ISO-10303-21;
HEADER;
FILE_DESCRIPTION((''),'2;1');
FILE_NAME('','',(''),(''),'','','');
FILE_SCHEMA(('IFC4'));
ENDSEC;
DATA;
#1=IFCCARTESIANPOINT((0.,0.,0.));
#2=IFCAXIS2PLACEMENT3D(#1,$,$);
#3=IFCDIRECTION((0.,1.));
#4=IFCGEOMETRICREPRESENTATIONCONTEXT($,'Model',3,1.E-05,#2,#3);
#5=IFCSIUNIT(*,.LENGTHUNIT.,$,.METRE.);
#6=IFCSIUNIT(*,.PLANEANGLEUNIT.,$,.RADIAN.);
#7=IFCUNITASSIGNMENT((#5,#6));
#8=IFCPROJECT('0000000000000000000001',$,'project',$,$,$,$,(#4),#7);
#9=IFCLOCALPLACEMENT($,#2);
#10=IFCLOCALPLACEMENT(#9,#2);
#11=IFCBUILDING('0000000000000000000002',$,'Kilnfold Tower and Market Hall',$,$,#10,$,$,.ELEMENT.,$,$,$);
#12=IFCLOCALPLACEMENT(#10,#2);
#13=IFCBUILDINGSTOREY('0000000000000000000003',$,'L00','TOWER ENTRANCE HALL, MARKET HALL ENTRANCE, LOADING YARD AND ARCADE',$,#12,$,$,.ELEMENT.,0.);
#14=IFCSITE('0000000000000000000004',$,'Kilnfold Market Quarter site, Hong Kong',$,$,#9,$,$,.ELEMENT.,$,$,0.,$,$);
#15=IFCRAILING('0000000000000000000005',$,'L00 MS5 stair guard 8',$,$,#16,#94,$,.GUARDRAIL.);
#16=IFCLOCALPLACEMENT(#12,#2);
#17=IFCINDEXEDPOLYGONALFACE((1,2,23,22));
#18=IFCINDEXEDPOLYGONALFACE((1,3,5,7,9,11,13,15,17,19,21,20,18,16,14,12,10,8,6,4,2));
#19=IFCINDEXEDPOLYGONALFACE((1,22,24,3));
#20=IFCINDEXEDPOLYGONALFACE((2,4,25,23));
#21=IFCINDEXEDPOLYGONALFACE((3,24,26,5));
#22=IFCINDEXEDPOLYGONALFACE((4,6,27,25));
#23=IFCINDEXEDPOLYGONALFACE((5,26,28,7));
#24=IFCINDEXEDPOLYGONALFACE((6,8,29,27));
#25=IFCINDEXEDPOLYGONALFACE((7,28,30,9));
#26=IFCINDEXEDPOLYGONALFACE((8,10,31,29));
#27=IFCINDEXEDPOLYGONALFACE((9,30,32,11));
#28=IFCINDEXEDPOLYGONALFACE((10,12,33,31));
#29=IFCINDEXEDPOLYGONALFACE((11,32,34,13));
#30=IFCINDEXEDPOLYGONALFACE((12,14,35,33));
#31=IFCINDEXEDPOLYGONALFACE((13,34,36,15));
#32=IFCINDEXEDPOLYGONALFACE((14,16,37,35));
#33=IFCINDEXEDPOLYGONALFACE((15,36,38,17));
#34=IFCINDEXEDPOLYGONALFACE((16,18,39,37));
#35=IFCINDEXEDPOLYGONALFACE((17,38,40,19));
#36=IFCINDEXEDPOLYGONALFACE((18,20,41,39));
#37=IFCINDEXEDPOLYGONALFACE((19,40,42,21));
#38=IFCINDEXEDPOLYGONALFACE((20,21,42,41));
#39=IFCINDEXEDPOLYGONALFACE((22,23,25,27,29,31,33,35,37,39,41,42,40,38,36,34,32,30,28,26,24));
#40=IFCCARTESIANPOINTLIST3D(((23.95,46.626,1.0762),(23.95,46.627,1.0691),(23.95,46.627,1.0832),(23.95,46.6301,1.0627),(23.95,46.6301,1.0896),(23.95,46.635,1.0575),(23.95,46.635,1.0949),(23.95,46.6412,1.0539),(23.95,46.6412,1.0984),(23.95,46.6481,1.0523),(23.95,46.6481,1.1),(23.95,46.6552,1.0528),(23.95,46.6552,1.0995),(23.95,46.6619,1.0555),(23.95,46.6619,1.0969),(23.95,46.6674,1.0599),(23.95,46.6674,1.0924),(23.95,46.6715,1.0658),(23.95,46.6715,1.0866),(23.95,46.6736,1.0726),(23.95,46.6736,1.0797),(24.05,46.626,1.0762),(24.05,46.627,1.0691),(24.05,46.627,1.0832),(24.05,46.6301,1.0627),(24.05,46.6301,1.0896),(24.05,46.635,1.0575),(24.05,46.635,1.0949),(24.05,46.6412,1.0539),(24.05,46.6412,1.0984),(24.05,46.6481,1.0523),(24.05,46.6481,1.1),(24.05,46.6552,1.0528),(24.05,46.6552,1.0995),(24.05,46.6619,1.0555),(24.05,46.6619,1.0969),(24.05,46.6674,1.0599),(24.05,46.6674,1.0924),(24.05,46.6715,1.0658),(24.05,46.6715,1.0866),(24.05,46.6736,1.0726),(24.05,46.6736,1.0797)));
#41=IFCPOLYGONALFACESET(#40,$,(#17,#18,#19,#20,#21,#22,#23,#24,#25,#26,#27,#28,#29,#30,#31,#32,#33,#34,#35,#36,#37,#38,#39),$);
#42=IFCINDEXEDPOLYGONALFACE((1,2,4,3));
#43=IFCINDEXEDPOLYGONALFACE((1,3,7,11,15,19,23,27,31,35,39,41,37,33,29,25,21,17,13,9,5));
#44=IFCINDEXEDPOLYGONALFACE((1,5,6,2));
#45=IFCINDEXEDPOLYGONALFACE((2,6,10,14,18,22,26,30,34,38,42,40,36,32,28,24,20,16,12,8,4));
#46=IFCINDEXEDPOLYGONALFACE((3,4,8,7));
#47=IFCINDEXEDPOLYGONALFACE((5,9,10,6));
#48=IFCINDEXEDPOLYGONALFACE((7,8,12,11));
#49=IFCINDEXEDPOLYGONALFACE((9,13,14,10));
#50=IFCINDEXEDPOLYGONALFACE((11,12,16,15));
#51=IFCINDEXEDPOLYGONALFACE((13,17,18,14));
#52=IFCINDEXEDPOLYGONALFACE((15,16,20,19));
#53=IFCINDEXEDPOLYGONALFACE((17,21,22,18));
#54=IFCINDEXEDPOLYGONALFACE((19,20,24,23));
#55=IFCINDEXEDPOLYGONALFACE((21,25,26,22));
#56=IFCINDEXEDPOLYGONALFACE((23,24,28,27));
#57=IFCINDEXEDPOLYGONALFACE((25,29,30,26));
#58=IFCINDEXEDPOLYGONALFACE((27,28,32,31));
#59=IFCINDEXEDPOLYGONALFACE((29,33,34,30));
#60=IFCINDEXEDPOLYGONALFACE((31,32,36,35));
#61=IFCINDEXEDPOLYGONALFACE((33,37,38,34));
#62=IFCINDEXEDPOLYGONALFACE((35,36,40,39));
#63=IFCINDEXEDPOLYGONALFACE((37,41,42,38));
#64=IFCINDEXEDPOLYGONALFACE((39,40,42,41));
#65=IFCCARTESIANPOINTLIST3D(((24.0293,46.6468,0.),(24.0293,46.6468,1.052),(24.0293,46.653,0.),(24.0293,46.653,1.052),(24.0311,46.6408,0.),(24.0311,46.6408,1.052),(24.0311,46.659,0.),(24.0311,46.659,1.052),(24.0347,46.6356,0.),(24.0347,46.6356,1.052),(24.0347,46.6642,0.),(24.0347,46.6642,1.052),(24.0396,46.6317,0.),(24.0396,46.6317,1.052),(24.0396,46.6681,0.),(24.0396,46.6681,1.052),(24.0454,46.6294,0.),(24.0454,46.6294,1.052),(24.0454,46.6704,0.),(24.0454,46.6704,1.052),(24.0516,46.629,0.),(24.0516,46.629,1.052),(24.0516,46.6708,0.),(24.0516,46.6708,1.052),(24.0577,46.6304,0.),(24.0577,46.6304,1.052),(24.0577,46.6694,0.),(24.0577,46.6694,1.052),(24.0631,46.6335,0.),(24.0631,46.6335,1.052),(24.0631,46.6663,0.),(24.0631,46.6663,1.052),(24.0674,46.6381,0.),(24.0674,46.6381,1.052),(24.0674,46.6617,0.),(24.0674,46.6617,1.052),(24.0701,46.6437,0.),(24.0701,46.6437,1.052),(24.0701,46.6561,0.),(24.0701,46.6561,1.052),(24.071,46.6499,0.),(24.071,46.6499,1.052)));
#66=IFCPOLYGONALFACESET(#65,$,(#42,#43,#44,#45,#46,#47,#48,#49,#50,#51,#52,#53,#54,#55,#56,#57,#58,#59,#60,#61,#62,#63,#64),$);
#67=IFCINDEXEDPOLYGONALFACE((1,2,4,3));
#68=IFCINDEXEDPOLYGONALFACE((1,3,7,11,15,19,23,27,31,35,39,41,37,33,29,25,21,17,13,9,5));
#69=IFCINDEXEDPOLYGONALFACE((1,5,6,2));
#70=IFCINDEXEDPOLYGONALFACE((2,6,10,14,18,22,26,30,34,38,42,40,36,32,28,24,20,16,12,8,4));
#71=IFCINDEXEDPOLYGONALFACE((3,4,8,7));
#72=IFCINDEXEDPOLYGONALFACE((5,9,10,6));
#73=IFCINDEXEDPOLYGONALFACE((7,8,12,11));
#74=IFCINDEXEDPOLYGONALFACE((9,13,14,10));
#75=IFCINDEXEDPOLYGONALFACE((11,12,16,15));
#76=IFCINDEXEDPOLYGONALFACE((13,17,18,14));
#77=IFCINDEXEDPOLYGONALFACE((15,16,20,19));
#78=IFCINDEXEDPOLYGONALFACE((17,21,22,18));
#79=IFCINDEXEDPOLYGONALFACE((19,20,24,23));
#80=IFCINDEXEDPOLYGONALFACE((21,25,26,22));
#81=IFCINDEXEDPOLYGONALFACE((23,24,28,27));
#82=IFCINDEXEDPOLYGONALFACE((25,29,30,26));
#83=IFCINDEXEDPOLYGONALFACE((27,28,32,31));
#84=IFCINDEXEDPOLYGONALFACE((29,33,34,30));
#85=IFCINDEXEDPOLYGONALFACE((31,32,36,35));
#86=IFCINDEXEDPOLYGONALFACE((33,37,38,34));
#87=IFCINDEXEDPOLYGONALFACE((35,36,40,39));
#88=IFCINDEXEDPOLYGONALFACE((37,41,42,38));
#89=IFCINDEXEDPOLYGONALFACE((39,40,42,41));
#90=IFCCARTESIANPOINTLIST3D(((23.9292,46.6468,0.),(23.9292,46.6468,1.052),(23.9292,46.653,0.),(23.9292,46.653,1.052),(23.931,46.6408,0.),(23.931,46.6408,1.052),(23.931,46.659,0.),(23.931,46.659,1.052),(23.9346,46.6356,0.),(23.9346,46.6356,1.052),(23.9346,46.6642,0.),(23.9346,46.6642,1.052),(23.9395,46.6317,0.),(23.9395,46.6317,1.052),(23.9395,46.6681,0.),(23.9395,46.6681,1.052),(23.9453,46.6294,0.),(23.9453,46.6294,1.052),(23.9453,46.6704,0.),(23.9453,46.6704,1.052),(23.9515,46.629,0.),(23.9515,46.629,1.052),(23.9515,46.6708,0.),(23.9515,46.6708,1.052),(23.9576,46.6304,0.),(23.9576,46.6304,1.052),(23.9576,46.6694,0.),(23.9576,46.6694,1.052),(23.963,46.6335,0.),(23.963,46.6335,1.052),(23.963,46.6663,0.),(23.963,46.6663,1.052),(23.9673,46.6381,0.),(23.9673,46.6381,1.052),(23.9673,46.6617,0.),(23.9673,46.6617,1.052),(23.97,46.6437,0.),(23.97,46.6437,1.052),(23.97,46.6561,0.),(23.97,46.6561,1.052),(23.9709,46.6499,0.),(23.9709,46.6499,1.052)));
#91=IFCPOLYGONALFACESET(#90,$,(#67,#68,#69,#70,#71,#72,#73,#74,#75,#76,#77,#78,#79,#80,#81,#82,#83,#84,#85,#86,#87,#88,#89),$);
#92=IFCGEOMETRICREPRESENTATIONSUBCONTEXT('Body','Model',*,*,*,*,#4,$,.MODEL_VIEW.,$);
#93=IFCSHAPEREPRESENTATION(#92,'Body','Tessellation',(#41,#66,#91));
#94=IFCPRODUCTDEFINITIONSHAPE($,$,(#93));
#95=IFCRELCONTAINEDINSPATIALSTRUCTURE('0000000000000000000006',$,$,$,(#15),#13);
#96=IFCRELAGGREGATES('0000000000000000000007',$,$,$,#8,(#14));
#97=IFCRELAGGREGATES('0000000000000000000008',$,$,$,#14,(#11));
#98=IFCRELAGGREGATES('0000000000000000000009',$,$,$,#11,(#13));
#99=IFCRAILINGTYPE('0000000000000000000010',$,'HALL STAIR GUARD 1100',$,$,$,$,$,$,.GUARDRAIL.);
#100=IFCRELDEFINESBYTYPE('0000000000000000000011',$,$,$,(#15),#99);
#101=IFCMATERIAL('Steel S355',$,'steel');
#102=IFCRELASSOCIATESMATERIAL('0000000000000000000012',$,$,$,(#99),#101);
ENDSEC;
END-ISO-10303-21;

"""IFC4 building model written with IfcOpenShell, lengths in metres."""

from ifc_helpers import new_model, si_unit, direction, frame, origin, origin_2d, place, context, subcontext, project, spatial, circle, extrude, material, type_object, element, save


model = new_model("IFC4")

# Units and contexts
model_context = context("Model", 3, precision=1e-05, world=origin(), true_north=direction((0.0, 1.0)))
body_context = subcontext(model_context, "Body", "Model", "MODEL_VIEW")
ifc_project = project(units=[si_unit("LENGTHUNIT", "METRE"), si_unit("PLANEANGLEUNIT", "RADIAN")], contexts=[model_context])

# Site, building, storey
site_placement = place(None, origin())
site = spatial("IfcSite", under=ifc_project, at=site_placement, Name="Kilnfold Market Quarter site, Hong Kong", CompositionType="ELEMENT", RefElevation=0.0)
building_placement = place(site_placement, origin())
building = spatial("IfcBuilding", under=site, at=building_placement, Name="Kilnfold Tower and Market Hall", CompositionType="ELEMENT")
storey_placement = place(building_placement, origin())
storey = spatial("IfcBuildingStorey", under=building, at=storey_placement, Name="L00", Description="TOWER ENTRANCE HALL, MARKET HALL ENTRANCE, LOADING YARD AND ARCADE", CompositionType="ELEMENT", Elevation=0.0)

# Railing
ifc_material_1 = material(Name="Steel S355", Category="steel")
railing_type_1 = type_object("IfcRailingType", Name="HALL STAIR GUARD 1100", PredefinedType="GUARDRAIL", material=ifc_material_1)
railing_1_placement = place(storey_placement, frame((24.05, 46.6499, 0.0)))
element("IfcRailing", 1, at=railing_1_placement, inside=storey, type_object=railing_type_1, Name="L00 MS5 stair guard 8", PredefinedType="GUARDRAIL", context=body_context, shape_type="SweptSolid", body=[
    extrude(circle(Radius=0.0239, at=origin_2d()), frame((0.0, 0.0, 1.0762), z_axis=(-1.0, 0.0, 0.0), x_axis=(0.0, -1.0, 0.0)), (0.0, 0.0, 1.0), 0.1001),
    extrude(circle(Radius=0.021, at=origin_2d()), origin(), (0.0, 0.0, 1.0), 1.052),
    extrude(circle(Radius=0.021, at=origin_2d()), frame((-0.1001, 0.0, 0.0)), (0.0, 0.0, 1.0), 1.052),
])

save(model, "model.ifc")
